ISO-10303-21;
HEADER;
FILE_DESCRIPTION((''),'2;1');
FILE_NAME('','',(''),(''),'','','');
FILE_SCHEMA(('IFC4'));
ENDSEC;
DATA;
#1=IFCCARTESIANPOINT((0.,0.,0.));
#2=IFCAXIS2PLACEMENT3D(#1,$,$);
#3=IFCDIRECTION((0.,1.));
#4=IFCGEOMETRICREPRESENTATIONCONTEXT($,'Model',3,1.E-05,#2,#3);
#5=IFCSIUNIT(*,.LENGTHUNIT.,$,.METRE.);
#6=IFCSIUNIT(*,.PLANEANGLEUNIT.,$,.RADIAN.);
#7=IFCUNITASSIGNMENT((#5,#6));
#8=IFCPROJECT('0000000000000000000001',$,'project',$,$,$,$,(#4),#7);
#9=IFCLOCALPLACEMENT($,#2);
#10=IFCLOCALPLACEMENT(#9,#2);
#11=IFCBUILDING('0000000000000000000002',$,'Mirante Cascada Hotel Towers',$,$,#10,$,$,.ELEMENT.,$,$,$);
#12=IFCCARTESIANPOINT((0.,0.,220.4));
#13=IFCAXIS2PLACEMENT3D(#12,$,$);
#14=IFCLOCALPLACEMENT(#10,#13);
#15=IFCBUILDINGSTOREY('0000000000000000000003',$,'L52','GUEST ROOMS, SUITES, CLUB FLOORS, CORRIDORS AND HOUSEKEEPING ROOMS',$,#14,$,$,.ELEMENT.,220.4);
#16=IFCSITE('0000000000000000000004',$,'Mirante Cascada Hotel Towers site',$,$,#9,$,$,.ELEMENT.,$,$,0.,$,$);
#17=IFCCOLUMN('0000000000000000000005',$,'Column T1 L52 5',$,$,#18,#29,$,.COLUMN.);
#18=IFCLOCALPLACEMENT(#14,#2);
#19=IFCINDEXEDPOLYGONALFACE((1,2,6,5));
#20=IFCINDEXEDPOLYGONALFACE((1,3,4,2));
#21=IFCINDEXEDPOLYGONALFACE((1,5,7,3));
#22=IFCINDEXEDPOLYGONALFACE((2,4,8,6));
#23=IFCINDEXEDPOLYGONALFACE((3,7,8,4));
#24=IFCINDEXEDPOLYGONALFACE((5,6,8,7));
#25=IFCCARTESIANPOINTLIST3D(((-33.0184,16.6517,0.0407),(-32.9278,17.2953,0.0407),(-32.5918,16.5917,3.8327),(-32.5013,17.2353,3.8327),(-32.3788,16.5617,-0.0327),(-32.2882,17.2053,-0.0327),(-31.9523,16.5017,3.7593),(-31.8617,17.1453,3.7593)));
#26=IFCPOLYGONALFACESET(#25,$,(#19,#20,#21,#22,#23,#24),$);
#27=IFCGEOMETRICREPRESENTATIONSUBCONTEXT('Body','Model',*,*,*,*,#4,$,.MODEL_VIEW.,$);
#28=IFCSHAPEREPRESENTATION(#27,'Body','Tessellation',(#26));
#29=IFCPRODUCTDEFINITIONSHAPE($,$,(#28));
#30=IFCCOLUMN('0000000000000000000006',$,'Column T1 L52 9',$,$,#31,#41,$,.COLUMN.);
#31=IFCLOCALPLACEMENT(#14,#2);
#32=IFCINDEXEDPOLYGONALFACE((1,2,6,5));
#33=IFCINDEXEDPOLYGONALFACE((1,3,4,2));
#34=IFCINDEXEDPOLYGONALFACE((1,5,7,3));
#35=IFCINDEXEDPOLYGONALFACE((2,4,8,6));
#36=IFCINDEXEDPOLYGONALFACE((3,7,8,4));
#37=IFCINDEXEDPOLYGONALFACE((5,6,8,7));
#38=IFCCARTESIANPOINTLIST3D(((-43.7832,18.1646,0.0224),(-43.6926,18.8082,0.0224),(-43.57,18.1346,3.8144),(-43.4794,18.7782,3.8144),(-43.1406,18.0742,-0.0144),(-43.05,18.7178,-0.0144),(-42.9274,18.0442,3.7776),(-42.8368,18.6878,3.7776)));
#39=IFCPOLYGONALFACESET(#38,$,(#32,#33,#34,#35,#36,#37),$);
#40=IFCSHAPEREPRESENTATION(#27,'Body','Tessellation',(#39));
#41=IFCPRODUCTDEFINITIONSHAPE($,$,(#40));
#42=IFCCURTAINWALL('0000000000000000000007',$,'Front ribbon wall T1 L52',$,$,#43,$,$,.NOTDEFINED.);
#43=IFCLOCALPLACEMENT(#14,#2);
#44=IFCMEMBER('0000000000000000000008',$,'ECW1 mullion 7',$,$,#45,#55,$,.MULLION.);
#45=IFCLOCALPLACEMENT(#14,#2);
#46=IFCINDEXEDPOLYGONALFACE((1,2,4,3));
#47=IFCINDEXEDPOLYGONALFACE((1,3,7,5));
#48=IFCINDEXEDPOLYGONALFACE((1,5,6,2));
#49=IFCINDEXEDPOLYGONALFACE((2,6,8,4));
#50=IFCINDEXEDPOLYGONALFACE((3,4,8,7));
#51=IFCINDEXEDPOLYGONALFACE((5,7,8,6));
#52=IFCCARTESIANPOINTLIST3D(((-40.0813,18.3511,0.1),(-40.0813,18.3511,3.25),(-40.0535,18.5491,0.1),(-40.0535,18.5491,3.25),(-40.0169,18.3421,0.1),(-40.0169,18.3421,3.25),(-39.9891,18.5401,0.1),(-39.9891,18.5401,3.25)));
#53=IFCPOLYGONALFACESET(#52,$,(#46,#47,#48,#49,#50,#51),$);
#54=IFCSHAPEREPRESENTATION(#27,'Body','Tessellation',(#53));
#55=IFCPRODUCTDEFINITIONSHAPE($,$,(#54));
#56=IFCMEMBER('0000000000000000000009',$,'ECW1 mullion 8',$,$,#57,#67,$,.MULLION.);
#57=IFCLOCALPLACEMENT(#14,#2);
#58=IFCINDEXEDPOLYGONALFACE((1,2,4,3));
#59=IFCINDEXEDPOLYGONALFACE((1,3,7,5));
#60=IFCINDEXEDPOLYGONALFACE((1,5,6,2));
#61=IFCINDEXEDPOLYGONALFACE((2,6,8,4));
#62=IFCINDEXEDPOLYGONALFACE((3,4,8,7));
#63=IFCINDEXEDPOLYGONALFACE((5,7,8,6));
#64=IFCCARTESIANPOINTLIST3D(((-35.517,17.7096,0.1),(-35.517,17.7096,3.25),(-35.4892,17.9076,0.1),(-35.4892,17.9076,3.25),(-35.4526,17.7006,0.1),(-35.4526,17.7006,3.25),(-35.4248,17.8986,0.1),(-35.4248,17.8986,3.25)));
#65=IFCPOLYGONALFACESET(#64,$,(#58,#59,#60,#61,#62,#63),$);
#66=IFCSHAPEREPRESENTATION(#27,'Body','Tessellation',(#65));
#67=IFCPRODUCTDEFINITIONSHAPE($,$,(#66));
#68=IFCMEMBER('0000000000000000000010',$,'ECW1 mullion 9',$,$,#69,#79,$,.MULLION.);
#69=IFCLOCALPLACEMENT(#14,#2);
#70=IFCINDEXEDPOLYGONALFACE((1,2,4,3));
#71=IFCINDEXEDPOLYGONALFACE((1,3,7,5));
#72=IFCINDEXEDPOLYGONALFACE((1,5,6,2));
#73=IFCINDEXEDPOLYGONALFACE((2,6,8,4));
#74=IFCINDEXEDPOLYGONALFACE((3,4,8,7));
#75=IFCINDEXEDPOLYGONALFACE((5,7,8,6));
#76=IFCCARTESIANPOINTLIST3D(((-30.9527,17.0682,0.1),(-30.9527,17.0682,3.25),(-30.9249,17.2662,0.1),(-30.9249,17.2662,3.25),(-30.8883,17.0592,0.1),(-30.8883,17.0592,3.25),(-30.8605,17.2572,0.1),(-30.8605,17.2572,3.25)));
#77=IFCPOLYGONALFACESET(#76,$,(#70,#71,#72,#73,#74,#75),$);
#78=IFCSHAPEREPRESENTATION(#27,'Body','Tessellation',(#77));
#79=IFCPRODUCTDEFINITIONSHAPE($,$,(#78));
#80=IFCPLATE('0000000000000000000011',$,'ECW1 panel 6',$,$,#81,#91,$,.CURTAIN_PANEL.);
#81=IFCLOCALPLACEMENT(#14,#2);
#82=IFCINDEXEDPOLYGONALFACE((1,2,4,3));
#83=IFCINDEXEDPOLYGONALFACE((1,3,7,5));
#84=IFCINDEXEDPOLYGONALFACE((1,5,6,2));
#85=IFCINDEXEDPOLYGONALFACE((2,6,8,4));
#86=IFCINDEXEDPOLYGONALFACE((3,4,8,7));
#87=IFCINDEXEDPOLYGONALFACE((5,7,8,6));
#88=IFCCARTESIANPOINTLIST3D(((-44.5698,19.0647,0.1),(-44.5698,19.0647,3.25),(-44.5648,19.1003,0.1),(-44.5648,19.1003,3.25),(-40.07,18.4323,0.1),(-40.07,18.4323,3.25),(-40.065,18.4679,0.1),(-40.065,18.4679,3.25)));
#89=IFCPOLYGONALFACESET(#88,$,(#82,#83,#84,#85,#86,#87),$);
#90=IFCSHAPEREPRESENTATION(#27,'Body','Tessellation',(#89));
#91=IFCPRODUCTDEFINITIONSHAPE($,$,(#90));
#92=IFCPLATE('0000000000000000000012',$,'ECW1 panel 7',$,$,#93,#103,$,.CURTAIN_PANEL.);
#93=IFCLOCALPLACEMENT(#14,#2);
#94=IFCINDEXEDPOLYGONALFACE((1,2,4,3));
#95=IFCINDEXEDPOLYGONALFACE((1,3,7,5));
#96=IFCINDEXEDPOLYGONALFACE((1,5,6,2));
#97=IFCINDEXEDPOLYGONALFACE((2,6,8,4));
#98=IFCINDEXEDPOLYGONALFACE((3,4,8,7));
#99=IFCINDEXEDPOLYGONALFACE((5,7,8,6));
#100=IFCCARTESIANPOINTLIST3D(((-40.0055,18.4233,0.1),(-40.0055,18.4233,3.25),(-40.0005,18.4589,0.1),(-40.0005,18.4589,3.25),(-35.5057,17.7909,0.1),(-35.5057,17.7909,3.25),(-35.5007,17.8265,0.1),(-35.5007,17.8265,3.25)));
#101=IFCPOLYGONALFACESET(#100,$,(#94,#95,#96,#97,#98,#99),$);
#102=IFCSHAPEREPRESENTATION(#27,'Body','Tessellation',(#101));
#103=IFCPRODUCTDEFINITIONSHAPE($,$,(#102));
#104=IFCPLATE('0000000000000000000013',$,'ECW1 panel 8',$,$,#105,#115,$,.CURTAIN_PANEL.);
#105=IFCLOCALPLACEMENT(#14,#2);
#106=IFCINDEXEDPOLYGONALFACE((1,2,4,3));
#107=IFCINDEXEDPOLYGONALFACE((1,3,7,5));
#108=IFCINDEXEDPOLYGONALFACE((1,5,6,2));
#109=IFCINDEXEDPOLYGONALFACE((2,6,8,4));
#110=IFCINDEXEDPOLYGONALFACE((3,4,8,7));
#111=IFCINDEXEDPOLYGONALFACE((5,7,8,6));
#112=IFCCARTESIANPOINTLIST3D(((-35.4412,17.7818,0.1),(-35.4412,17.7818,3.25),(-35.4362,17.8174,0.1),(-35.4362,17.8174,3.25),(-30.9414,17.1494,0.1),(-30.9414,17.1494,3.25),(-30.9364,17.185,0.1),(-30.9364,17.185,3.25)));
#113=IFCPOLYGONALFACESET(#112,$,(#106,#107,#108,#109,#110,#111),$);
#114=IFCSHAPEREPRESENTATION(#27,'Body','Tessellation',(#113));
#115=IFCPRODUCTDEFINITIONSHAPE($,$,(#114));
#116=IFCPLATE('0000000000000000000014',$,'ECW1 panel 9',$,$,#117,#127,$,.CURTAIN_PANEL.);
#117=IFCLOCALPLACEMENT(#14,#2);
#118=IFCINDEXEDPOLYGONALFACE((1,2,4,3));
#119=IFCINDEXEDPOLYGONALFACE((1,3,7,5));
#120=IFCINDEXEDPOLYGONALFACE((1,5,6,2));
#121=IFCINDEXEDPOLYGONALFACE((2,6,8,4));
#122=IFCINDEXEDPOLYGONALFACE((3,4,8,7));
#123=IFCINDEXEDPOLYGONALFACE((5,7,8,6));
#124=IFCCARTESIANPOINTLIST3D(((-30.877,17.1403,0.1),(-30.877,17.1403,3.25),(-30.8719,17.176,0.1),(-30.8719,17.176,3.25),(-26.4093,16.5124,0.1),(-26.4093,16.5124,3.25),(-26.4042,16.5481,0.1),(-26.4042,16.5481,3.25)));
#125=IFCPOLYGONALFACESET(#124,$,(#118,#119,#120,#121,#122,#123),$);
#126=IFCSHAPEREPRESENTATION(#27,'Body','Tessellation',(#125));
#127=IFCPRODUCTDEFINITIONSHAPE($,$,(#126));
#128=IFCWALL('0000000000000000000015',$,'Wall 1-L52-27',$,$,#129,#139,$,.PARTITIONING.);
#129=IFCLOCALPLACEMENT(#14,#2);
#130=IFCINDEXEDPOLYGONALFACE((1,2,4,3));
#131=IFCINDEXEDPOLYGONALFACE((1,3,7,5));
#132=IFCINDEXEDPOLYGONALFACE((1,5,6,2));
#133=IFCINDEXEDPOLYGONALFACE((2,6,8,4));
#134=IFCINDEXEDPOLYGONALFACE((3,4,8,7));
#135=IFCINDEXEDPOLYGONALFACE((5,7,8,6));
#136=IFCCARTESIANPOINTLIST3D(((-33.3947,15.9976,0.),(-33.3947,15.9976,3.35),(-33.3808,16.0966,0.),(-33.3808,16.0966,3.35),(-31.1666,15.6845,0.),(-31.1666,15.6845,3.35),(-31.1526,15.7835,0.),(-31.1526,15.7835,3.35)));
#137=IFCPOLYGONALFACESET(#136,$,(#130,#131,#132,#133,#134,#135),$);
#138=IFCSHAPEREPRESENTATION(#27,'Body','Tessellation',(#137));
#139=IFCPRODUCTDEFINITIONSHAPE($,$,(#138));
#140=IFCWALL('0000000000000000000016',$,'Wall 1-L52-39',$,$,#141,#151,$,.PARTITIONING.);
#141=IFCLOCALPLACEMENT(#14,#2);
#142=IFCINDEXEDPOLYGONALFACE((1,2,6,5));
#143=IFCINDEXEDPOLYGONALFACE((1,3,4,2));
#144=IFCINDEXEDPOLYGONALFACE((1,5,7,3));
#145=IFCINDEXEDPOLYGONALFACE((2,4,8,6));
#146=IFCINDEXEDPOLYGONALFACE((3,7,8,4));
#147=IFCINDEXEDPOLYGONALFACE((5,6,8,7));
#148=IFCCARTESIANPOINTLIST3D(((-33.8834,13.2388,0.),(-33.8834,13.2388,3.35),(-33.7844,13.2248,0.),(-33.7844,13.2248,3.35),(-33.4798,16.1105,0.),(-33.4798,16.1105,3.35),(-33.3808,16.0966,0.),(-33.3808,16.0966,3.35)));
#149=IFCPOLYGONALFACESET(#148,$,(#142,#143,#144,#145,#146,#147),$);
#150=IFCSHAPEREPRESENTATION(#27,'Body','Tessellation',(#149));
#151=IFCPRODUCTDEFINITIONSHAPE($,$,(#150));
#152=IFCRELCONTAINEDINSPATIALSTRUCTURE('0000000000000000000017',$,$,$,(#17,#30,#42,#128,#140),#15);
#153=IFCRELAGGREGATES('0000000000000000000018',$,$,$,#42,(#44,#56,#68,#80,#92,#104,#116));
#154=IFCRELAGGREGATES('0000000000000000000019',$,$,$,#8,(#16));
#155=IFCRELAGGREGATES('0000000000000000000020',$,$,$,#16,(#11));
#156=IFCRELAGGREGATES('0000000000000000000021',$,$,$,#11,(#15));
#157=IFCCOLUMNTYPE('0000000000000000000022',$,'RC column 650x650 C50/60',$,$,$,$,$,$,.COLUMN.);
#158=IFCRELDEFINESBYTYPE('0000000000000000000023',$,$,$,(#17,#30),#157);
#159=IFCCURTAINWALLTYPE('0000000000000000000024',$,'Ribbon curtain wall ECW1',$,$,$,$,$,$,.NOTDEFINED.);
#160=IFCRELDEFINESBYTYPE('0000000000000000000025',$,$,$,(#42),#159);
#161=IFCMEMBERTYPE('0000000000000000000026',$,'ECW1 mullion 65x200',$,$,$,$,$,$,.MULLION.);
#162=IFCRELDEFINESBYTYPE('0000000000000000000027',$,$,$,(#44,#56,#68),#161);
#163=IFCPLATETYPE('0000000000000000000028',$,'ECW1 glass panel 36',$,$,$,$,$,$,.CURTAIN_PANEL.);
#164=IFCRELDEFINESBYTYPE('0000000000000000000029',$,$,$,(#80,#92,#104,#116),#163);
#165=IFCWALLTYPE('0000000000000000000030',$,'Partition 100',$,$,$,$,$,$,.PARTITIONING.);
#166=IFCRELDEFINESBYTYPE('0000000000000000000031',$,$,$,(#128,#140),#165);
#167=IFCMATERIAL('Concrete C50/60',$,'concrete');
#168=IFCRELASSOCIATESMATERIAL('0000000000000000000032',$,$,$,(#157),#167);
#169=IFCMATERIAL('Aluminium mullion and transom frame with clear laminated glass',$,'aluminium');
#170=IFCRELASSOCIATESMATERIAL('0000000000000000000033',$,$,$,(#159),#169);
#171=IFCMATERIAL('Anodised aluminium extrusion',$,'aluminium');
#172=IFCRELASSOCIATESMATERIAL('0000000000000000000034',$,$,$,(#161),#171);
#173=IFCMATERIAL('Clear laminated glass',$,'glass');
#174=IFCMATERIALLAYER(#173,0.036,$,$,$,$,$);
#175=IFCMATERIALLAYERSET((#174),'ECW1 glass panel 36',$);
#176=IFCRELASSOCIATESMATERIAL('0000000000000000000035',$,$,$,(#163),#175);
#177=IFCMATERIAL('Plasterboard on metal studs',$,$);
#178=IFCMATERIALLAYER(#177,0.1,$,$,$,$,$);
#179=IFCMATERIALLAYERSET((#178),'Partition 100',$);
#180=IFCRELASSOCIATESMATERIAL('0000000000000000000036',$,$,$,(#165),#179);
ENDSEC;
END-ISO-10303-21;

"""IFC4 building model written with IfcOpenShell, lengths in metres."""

from ifc_helpers import new_model, si_unit, direction, frame, frame_2d, origin, origin_2d, place, context, subcontext, project, spatial, rectangle, extrude, material, layer, layer_set, material_profile, profile_set, type_object, element, aggregate, save


model = new_model("IFC4")

# Units and contexts
model_context = context("Model", 3, precision=1e-05, world=origin(), true_north=direction((0.0, 1.0)))
body_context = subcontext(model_context, "Body", "Model", "MODEL_VIEW")
ifc_project = project(units=[si_unit("LENGTHUNIT", "METRE"), si_unit("PLANEANGLEUNIT", "RADIAN")], contexts=[model_context])

# Site, building, storey
site_placement = place(None, origin())
site = spatial("IfcSite", under=ifc_project, at=site_placement, Name="Mirante Cascada Hotel Towers site", CompositionType="ELEMENT", RefElevation=0.0)
building_placement = place(site_placement, origin())
building = spatial("IfcBuilding", under=site, at=building_placement, Name="Mirante Cascada Hotel Towers", CompositionType="ELEMENT")
storey_placement = place(building_placement, frame((0.0, 0.0, 220.4)))
storey = spatial("IfcBuildingStorey", under=building, at=storey_placement, Name="L52", Description="GUEST ROOMS, SUITES, CLUB FLOORS, CORRIDORS AND HOUSEKEEPING ROOMS", CompositionType="ELEMENT", Elevation=220.4)

# Columns
ifc_material_1 = material(Name="Concrete C50/60", Category="concrete")
ifc_material_profile_1 = material_profile(ifc_material_1, rectangle(XDim=0.65, YDim=0.65, at=origin_2d()), Name="RC column 650x650 C50/60")
ifc_profile_set_1 = profile_set([ifc_material_profile_1], Name="Concrete C50/60")
column_type = type_object("IfcColumnType", Name="RC column 650x650 C50/60", PredefinedType="COLUMN", material=ifc_profile_set_1)
column_1_placement = place(storey_placement, frame((-32.6533, 16.9285, 0.004), z_axis=(0.111755, -0.015722, 0.993611), x_axis=(0.139308, 0.990249, 0.0)))
element("IfcColumn", 1, at=column_1_placement, inside=storey, type_object=column_type, Name="Column T1 L52 5", PredefinedType="COLUMN", context=body_context, shape_type="SweptSolid", body=[
    extrude(rectangle(XDim=0.65, YDim=0.65, at=origin_2d()), origin(), (0.0, 0.0, 1.0), 3.8164),
])
column_2_placement = place(storey_placement, frame((-43.4166, 18.4412, 0.004), z_axis=(0.056133, -0.007899, 0.998392), x_axis=(0.13934, 0.990245, 0.0)))
element("IfcColumn", 2, at=column_2_placement, inside=storey, type_object=column_type, Name="Column T1 L52 9", PredefinedType="COLUMN", context=body_context, shape_type="SweptSolid", body=[
    extrude(rectangle(XDim=0.65, YDim=0.65, at=origin_2d()), origin(), (0.0, 0.0, 1.0), 3.7981),
])

# Curtain wall, members, plates
ifc_material_2 = material(Name="Aluminium mullion and transom frame with clear laminated glass", Category="aluminium")
curtain_wall_type = type_object("IfcCurtainWallType", Name="Ribbon curtain wall ECW1", PredefinedType="NOTDEFINED", material=ifc_material_2)
curtain_wall_placement = place(storey_placement, origin())
curtain_wall = element("IfcCurtainWall", 3, at=curtain_wall_placement, inside=storey, type_object=curtain_wall_type, Name="Front ribbon wall T1 L52", PredefinedType="NOTDEFINED")
ifc_material_3 = material(Name="Anodised aluminium extrusion", Category="aluminium")
ifc_material_profile_2 = material_profile(ifc_material_3, rectangle(XDim=0.2, YDim=0.065, at=origin_2d()), Name="ECW1 MULLION 65x200")
ifc_profile_set_2 = profile_set([ifc_material_profile_2], Name="Anodised aluminium extrusion")
member_type = type_object("IfcMemberType", Name="ECW1 mullion 65x200", PredefinedType="MULLION", material=ifc_profile_set_2)
member_1_placement = place(storey_placement, frame((-40.0352, 18.4456, 0.1), z_axis=(0.0, 0.0, 1.0), x_axis=(0.139173, 0.990268, 0.0)))
member_1 = element("IfcMember", 4, at=member_1_placement, type_object=member_type, Name="ECW1 mullion 7", PredefinedType="MULLION", context=body_context, shape_type="SweptSolid", body=[
    extrude(rectangle(XDim=0.2, YDim=0.065, at=origin_2d()), origin(), (0.0, 0.0, 1.0), 3.15),
])
member_2_placement = place(storey_placement, frame((-35.4709, 17.8041, 0.1), z_axis=(0.0, 0.0, 1.0), x_axis=(0.139173, 0.990268, 0.0)))
member_2 = element("IfcMember", 5, at=member_2_placement, type_object=member_type, Name="ECW1 mullion 8", PredefinedType="MULLION", context=body_context, shape_type="SweptSolid", body=[
    extrude(rectangle(XDim=0.2, YDim=0.065, at=origin_2d()), origin(), (0.0, 0.0, 1.0), 3.15),
])
member_3_placement = place(storey_placement, frame((-30.9066, 17.1627, 0.1), z_axis=(0.0, 0.0, 1.0), x_axis=(0.139173, 0.990268, 0.0)))
member_3 = element("IfcMember", 6, at=member_3_placement, type_object=member_type, Name="ECW1 mullion 9", PredefinedType="MULLION", context=body_context, shape_type="SweptSolid", body=[
    extrude(rectangle(XDim=0.2, YDim=0.065, at=origin_2d()), origin(), (0.0, 0.0, 1.0), 3.15),
])
ifc_material_4 = material(Name="Clear laminated glass", Category="glass")
ifc_layer_1 = layer(ifc_material_4, 0.036)
ifc_layer_set_1 = layer_set([ifc_layer_1], Name="ECW1 glass panel 36")
plate_type = type_object("IfcPlateType", Name="ECW1 glass panel 36", PredefinedType="CURTAIN_PANEL", material=ifc_layer_set_1)
plate_1_placement = place(storey_placement, frame((-42.3174, 18.7663, 0.1), z_axis=(0.0, 0.0, 1.0), x_axis=(0.990268, -0.139173, 0.0)))
plate_1 = element("IfcPlate", 7, at=plate_1_placement, type_object=plate_type, Name="ECW1 panel 6", PredefinedType="CURTAIN_PANEL", context=body_context, shape_type="SweptSolid", body=[
    extrude(rectangle(XDim=4.5441, YDim=0.036, at=origin_2d()), origin(), (0.0, 0.0, 1.0), 3.15),
])
plate_2_placement = place(storey_placement, frame((-37.7531, 18.1249, 0.1), z_axis=(0.0, 0.0, 1.0), x_axis=(0.990268, -0.139173, 0.0)))
plate_2 = element("IfcPlate", 8, at=plate_2_placement, type_object=plate_type, Name="ECW1 panel 7", PredefinedType="CURTAIN_PANEL", context=body_context, shape_type="SweptSolid", body=[
    extrude(rectangle(XDim=4.5441, YDim=0.036, at=origin_2d()), origin(), (0.0, 0.0, 1.0), 3.15),
])
plate_3_placement = place(storey_placement, frame((-33.1888, 17.4834, 0.1), z_axis=(0.0, 0.0, 1.0), x_axis=(0.990268, -0.139173, 0.0)))
plate_3 = element("IfcPlate", 9, at=plate_3_placement, type_object=plate_type, Name="ECW1 panel 8", PredefinedType="CURTAIN_PANEL", context=body_context, shape_type="SweptSolid", body=[
    extrude(rectangle(XDim=4.5441, YDim=0.036, at=origin_2d()), origin(), (0.0, 0.0, 1.0), 3.15),
])
plate_4_placement = place(storey_placement, frame((-28.6406, 16.8442, 0.1), z_axis=(0.0, 0.0, 1.0), x_axis=(0.990268, -0.139173, 0.0)))
plate_4 = element("IfcPlate", 10, at=plate_4_placement, type_object=plate_type, Name="ECW1 panel 9", PredefinedType="CURTAIN_PANEL", context=body_context, shape_type="SweptSolid", body=[
    extrude(rectangle(XDim=4.5116, YDim=0.036, at=origin_2d()), origin(), (0.0, 0.0, 1.0), 3.15),
])
aggregate(curtain_wall, [member_1, member_2, member_3, plate_1, plate_2, plate_3, plate_4])

# Walls
ifc_material_5 = material(Name="Plasterboard on metal studs")
ifc_layer_2 = layer(ifc_material_5, 0.1)
ifc_layer_set_2 = layer_set([ifc_layer_2], Name="Partition 100")
wall_type = type_object("IfcWallType", Name="Partition 100", PredefinedType="PARTITIONING", material=ifc_layer_set_2)
wall_1_placement = place(storey_placement, frame((-31.1596, 15.734, 0.0), z_axis=(0.0, 0.0, 1.0), x_axis=(-0.990271, 0.139156, 0.0)))
element("IfcWall", 11, at=wall_1_placement, inside=storey, type_object=wall_type, Name="Wall 1-L52-27", PredefinedType="PARTITIONING", context=body_context, shape_type="SweptSolid", body=[
    extrude(rectangle(XDim=2.25, YDim=0.1, at=frame_2d((1.125, 0.0))), origin(), (0.0, 0.0, 1.0), 3.35),
])
wall_2_placement = place(storey_placement, frame((-33.8339, 13.2318, 0.0), z_axis=(0.0, 0.0, 1.0), x_axis=(0.139171, 0.990268, 0.0)))
element("IfcWall", 12, at=wall_2_placement, inside=storey, type_object=wall_type, Name="Wall 1-L52-39", PredefinedType="PARTITIONING", context=body_context, shape_type="SweptSolid", body=[
    extrude(rectangle(XDim=2.9, YDim=0.1, at=frame_2d((1.45, 0.0))), origin(), (0.0, 0.0, 1.0), 3.35),
])

save(model, "model.ifc")
